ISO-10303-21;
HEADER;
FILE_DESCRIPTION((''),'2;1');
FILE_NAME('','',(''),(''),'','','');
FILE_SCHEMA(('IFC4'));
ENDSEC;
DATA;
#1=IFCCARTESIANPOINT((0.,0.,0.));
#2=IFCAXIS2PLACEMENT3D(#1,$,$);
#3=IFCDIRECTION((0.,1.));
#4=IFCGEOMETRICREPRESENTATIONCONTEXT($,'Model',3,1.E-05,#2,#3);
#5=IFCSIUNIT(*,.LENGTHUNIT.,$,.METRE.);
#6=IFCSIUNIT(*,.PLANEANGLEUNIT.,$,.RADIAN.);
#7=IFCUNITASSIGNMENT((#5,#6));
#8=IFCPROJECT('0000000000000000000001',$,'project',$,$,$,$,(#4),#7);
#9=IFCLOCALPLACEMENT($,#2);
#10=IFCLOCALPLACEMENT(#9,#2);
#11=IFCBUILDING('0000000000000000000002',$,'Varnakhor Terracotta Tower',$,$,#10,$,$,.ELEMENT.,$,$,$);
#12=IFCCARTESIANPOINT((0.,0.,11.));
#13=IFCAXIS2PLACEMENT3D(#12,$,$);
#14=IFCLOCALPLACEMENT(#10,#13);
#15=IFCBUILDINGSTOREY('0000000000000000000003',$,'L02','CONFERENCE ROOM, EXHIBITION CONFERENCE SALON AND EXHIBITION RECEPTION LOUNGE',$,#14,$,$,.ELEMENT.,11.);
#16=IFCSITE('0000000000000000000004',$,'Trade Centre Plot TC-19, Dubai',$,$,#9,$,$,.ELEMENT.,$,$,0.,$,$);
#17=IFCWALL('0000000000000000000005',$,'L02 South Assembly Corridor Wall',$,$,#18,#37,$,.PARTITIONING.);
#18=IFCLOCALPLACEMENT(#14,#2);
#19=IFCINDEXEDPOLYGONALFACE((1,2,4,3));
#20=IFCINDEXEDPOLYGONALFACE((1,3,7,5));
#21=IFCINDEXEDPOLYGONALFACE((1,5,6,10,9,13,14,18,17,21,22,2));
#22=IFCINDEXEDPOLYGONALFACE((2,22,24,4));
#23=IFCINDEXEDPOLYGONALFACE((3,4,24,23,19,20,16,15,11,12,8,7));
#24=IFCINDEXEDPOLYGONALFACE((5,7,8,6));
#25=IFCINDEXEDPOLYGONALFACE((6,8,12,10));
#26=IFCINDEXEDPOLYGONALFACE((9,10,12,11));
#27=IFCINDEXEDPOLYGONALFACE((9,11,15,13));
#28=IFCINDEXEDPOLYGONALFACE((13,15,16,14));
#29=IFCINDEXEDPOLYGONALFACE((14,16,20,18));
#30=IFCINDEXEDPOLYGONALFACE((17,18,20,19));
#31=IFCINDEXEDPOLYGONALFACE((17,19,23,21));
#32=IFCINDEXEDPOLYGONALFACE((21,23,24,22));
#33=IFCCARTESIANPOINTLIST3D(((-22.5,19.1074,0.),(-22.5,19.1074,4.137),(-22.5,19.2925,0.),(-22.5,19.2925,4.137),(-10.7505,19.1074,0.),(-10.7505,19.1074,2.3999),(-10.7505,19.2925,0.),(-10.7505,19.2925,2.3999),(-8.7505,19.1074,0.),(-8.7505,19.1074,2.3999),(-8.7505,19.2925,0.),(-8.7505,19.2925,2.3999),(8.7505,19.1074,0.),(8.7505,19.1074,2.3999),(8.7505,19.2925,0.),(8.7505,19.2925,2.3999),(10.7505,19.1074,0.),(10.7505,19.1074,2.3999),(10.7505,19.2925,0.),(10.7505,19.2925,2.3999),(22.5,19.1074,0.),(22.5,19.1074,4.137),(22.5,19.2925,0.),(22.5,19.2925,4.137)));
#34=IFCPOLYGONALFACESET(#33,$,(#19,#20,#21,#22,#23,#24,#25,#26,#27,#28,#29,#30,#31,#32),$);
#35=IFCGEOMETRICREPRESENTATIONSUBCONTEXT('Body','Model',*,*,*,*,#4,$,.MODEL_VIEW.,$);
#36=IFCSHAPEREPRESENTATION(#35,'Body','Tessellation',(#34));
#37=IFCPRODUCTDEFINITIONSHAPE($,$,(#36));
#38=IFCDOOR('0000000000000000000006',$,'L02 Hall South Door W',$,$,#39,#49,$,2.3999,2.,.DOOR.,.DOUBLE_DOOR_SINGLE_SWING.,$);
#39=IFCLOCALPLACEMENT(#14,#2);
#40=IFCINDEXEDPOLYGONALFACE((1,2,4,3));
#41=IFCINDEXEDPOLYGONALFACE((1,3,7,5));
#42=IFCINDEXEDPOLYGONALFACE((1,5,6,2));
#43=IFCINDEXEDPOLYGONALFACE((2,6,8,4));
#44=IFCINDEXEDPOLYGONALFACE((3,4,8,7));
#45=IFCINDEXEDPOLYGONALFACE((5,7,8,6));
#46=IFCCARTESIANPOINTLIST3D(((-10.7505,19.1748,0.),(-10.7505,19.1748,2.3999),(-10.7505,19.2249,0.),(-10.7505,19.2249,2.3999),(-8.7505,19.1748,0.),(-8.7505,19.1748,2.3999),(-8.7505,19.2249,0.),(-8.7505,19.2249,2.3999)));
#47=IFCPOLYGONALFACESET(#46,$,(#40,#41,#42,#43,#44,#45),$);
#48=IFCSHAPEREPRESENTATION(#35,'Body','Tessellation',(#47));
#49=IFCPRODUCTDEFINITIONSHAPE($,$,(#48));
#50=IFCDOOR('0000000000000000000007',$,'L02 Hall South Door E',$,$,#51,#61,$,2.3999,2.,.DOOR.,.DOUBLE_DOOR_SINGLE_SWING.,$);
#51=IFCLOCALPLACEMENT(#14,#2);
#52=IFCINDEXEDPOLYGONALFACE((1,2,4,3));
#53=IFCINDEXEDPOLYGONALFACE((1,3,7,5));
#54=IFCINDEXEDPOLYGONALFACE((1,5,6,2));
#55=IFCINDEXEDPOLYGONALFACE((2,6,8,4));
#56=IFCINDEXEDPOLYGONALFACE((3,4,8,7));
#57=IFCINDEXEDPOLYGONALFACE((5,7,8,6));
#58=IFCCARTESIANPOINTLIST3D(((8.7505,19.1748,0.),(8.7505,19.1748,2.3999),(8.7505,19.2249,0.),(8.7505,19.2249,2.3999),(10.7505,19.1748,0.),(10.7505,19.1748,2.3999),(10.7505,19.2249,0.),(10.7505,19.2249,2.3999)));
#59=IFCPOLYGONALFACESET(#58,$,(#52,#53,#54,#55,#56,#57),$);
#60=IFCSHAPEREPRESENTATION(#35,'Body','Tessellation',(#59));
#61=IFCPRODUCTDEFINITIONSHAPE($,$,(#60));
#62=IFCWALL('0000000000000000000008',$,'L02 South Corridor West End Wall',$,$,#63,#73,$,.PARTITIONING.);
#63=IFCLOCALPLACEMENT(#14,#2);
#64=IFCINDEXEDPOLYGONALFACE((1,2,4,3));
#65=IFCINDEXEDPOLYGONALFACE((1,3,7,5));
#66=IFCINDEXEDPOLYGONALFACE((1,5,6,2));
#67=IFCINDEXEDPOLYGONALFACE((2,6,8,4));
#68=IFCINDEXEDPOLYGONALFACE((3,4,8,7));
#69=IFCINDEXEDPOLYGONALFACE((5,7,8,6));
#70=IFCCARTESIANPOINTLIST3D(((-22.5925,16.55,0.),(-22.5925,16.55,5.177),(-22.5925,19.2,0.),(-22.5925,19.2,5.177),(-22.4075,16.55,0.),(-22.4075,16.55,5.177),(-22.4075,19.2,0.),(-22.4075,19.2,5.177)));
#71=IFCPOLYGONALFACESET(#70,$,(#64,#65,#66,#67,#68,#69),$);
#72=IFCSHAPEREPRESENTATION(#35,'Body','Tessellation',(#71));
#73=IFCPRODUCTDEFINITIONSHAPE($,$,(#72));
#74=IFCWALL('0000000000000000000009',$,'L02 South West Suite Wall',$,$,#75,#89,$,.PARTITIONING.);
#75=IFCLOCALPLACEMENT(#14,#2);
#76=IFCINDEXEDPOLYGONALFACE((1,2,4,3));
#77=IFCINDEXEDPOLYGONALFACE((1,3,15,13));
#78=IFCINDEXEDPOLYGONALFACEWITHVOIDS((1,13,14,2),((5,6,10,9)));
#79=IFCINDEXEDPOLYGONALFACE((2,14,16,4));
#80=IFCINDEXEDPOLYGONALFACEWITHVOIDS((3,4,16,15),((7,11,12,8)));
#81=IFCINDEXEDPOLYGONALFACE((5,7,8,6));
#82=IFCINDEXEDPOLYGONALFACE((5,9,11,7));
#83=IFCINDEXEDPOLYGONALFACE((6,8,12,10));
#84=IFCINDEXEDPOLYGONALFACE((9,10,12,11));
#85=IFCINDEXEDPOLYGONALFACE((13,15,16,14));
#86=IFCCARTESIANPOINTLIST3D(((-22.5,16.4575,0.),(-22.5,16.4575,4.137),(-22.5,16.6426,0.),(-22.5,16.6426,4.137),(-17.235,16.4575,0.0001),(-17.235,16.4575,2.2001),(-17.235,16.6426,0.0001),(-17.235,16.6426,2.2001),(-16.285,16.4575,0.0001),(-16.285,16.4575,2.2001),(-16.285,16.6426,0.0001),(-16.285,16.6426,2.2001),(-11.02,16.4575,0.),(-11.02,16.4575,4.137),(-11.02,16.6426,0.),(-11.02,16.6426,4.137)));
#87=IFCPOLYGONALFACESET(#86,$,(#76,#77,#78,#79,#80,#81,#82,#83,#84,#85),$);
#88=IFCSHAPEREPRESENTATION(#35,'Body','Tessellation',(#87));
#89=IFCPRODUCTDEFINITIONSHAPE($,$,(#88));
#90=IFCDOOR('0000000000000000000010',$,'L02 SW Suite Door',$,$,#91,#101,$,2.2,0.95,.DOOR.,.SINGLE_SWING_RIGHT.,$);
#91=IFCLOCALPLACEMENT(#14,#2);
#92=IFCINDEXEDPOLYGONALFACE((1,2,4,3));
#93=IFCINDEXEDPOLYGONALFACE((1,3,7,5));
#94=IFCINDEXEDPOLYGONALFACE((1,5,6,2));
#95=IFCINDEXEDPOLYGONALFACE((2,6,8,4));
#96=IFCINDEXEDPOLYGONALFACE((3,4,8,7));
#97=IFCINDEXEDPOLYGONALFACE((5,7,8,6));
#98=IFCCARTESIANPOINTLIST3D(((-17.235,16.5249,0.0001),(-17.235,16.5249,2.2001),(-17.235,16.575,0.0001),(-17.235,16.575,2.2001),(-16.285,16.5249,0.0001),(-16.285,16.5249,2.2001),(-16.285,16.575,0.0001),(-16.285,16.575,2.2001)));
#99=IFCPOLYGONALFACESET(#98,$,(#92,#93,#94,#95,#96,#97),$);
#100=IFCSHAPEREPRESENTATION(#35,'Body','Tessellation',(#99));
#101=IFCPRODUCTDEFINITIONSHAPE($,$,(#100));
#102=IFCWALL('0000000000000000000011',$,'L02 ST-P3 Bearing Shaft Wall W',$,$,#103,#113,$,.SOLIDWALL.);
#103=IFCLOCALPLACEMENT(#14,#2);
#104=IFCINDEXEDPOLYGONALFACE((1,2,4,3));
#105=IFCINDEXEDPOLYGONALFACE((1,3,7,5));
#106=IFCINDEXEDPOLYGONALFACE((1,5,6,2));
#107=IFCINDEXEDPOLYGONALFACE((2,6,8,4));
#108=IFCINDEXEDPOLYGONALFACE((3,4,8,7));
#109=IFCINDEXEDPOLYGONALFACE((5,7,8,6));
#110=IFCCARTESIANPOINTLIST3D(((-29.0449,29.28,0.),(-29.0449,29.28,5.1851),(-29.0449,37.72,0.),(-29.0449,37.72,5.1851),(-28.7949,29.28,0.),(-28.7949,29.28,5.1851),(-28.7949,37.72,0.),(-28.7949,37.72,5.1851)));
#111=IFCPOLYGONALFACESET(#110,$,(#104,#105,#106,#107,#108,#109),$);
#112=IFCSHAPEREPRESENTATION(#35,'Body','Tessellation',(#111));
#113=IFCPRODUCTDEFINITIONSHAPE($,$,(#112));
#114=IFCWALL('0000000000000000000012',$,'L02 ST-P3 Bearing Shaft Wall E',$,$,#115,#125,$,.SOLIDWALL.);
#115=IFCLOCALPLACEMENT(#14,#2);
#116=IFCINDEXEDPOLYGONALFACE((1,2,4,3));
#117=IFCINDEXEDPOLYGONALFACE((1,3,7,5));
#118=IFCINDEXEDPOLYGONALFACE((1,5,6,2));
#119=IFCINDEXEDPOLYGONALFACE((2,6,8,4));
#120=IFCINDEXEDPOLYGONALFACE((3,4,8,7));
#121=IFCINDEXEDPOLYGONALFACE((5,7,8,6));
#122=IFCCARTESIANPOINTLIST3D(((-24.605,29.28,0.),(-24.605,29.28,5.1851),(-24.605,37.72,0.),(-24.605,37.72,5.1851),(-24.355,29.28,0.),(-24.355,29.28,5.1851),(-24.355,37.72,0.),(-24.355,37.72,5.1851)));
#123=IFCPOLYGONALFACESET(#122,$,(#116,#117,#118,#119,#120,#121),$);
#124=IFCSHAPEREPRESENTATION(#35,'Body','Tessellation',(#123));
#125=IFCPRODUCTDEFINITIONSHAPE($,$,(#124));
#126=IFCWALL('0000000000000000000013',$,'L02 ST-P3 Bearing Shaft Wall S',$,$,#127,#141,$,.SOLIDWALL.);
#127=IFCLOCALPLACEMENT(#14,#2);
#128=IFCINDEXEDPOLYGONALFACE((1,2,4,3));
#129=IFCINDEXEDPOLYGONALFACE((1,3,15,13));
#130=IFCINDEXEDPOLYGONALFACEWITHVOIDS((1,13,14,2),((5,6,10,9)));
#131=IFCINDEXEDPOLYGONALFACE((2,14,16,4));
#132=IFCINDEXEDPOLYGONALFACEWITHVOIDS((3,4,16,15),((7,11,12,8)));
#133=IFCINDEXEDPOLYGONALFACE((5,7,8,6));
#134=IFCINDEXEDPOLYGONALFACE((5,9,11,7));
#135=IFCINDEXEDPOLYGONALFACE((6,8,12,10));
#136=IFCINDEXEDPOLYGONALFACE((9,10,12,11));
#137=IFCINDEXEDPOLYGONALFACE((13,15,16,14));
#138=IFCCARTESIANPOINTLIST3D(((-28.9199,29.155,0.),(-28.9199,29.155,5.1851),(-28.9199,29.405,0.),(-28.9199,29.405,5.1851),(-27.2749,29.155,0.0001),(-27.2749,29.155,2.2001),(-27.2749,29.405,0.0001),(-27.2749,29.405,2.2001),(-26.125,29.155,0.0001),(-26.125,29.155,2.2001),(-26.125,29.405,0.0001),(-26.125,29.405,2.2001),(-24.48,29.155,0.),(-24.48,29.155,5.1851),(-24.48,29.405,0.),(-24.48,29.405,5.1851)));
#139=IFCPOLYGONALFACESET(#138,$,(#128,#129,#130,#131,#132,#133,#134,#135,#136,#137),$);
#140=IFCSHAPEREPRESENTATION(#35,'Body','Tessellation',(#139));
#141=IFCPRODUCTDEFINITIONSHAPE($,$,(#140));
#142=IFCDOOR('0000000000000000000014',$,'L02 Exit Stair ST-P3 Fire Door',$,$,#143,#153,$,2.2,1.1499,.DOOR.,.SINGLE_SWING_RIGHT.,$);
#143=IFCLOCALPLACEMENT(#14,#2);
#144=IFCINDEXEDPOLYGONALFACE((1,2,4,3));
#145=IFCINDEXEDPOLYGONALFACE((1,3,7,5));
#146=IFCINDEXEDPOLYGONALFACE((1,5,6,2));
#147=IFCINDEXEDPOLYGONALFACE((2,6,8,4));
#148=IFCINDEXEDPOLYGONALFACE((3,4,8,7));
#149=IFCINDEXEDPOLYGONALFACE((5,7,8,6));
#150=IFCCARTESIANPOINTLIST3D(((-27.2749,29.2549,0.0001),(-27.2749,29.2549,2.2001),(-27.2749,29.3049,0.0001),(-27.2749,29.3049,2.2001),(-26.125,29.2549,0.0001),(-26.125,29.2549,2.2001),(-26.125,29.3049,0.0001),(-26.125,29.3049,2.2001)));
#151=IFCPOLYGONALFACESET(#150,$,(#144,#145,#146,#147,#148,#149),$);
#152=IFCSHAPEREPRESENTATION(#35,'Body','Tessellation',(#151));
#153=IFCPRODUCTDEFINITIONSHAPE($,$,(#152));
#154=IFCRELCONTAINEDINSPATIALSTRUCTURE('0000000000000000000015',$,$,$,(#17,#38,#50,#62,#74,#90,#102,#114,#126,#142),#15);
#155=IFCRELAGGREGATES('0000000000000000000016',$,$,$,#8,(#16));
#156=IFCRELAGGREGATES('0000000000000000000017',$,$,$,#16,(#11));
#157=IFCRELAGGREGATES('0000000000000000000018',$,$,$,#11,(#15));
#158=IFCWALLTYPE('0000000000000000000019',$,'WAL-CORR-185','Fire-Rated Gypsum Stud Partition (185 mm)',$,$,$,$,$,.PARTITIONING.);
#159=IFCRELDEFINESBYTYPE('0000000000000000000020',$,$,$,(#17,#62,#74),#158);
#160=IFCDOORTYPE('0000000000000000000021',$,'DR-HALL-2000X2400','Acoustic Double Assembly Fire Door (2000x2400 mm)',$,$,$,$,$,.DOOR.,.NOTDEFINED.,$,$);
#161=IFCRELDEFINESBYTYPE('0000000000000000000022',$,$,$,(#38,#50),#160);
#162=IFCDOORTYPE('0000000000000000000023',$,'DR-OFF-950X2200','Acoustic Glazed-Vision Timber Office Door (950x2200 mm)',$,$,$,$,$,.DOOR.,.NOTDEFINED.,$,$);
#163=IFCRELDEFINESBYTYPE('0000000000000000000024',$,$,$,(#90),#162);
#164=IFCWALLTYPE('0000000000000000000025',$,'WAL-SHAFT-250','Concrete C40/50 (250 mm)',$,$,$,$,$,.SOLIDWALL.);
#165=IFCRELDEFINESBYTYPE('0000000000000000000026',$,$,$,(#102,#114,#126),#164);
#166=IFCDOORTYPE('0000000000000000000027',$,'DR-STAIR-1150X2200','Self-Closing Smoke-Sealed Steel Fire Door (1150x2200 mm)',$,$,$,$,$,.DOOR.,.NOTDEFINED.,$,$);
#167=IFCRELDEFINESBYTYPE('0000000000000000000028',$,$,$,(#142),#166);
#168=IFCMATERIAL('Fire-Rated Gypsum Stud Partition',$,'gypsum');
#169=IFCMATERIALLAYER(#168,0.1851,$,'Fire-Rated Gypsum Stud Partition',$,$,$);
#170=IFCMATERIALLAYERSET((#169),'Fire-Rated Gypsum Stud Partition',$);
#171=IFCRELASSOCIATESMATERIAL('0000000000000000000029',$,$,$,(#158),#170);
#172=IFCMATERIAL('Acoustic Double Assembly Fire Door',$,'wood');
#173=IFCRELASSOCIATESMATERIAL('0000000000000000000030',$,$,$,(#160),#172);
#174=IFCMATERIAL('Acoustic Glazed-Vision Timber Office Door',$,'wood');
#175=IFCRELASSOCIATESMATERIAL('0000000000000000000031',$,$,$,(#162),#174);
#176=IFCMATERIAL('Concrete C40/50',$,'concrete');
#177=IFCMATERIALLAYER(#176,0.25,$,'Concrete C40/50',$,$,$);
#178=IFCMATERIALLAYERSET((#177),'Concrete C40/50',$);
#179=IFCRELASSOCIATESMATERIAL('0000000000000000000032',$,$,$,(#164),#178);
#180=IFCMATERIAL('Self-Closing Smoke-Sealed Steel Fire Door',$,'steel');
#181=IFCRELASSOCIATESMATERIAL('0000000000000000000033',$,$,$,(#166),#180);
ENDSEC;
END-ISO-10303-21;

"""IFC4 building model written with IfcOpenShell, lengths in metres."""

from ifc_helpers import new_model, si_unit, direction, frame, frame_2d, origin, place, context, subcontext, project, spatial, rectangle, extrude, source, transform, mapped, material, layer, layer_set, type_object, type_shapes, element, fill, save


model = new_model("IFC4")

# Units and contexts
model_context = context("Model", 3, precision=1e-05, world=origin(), true_north=direction((0.0, 1.0)))
body_context = subcontext(model_context, "Body", "Model", "MODEL_VIEW")
ifc_project = project(units=[si_unit("LENGTHUNIT", "METRE"), si_unit("PLANEANGLEUNIT", "RADIAN")], contexts=[model_context])

# Site, building, storey
site_placement = place(None, origin())
site = spatial("IfcSite", under=ifc_project, at=site_placement, Name="Trade Centre Plot TC-19, Dubai", CompositionType="ELEMENT", RefElevation=0.0)
building_placement = place(site_placement, origin())
building = spatial("IfcBuilding", under=site, at=building_placement, Name="Varnakhor Terracotta Tower", CompositionType="ELEMENT")
storey_placement = place(building_placement, frame((0.0, 0.0, 11.0)))
storey = spatial("IfcBuildingStorey", under=building, at=storey_placement, Name="L02", Description="CONFERENCE ROOM, EXHIBITION CONFERENCE SALON AND EXHIBITION RECEPTION LOUNGE", CompositionType="ELEMENT", Elevation=11.0)

# Wall, openings, doors
ifc_material_1 = material(Name="Fire-Rated Gypsum Stud Partition", Category="gypsum")
ifc_layer_1 = layer(ifc_material_1, 0.1851, Name="Fire-Rated Gypsum Stud Partition")
ifc_layer_set_1 = layer_set([ifc_layer_1], Name="Fire-Rated Gypsum Stud Partition")
wall_type_1 = type_object("IfcWallType", Name="WAL-CORR-185", Description="Fire-Rated Gypsum Stud Partition (185 mm)", PredefinedType="PARTITIONING", material=ifc_layer_set_1)
wall_1_placement = place(storey_placement, frame((-22.5, 19.2, 0.0), z_axis=(0.0, 0.0, 1.0), x_axis=(1.0, 0.0, 0.0)))
wall_1 = element("IfcWall", 1, at=wall_1_placement, inside=storey, type_object=wall_type_1, Name="L02 South Assembly Corridor Wall", PredefinedType="PARTITIONING", context=body_context, shape_type="SweptSolid", body=[
    extrude(rectangle(XDim=45.0, YDim=0.1851, at=frame_2d((22.5, 0.0))), origin(), (0.0, 0.0, 1.0), 4.137),
])
opening_1_placement = place(wall_1_placement, frame((11.7495, 0.0, 0.0)))
opening_1 = element("IfcOpeningElement", 2, at=opening_1_placement, cuts=wall_1, PredefinedType="OPENING", context=body_context, shape_type="SweptSolid", body=[
    extrude(rectangle(XDim=2.0, YDim=2.3999, at=frame_2d((1.0, 1.2))), frame((0.0, 0.1025, 0.0), z_axis=(0.0, -1.0, 0.0), x_axis=(1.0, 0.0, 0.0)), (0.0, 0.0, 1.0), 0.2051),
])
opening_2_placement = place(wall_1_placement, frame((31.2505, 0.0, 0.0)))
opening_2 = element("IfcOpeningElement", 3, at=opening_2_placement, cuts=wall_1, PredefinedType="OPENING", context=body_context, shape_type="SweptSolid", body=[
    extrude(rectangle(XDim=2.0, YDim=2.3999, at=frame_2d((1.0, 1.2))), frame((0.0, 0.1025, 0.0), z_axis=(0.0, -1.0, 0.0), x_axis=(1.0, 0.0, 0.0)), (0.0, 0.0, 1.0), 0.2051),
])
ifc_material_2 = material(Name="Acoustic Double Assembly Fire Door", Category="wood")
door_type_1 = type_object("IfcDoorType", Name="DR-HALL-2000X2400", Description="Acoustic Double Assembly Fire Door (2000x2400 mm)", OperationType="NOTDEFINED", PredefinedType="DOOR", material=ifc_material_2)
shared_shape_1 = source(origin(), body_context, "Body", "SweptSolid", [
    extrude(rectangle(XDim=2.0, YDim=2.3999, at=frame_2d((1.0, 1.2))), frame((0.0, 0.0249, 0.0), z_axis=(0.0, -1.0, 0.0), x_axis=(1.0, 0.0, 0.0)), (0.0, 0.0, 1.0), 0.05),
])
type_shapes(door_type_1, [shared_shape_1])
door_1_placement = place(opening_1_placement, origin())
door_1 = element("IfcDoor", 4, at=door_1_placement, inside=storey, type_object=door_type_1, Name="L02 Hall South Door W", OperationType="DOUBLE_DOOR_SINGLE_SWING", OverallHeight=2.3999, OverallWidth=2.0, PredefinedType="DOOR", context=body_context, shape_type="MappedRepresentation", body=[
    mapped(shared_shape_1, transform((0.0, 0.0, 0.0), scale=1.0)),
])
fill(opening_1, door_1)
door_2_placement = place(opening_2_placement, origin())
door_2 = element("IfcDoor", 5, at=door_2_placement, inside=storey, type_object=door_type_1, Name="L02 Hall South Door E", OperationType="DOUBLE_DOOR_SINGLE_SWING", OverallHeight=2.3999, OverallWidth=2.0, PredefinedType="DOOR", context=body_context, shape_type="MappedRepresentation", body=[
    mapped(shared_shape_1, transform((0.0, 0.0, 0.0), scale=1.0)),
])
fill(opening_2, door_2)

# Wall
wall_2_placement = place(storey_placement, frame((-22.5, 16.55, 0.0), z_axis=(0.0, 0.0, 1.0), x_axis=(0.0, 1.0, 0.0)))
element("IfcWall", 6, at=wall_2_placement, inside=storey, type_object=wall_type_1, Name="L02 South Corridor West End Wall", PredefinedType="PARTITIONING", context=body_context, shape_type="SweptSolid", body=[
    extrude(rectangle(XDim=2.6499, YDim=0.1851, at=frame_2d((1.325, 0.0))), origin(), (0.0, 0.0, 1.0), 5.177),
])

# Wall, opening, door
wall_3_placement = place(storey_placement, frame((-22.5, 16.55, 0.0), z_axis=(0.0, 0.0, 1.0), x_axis=(1.0, 0.0, 0.0)))
wall_3 = element("IfcWall", 7, at=wall_3_placement, inside=storey, type_object=wall_type_1, Name="L02 South West Suite Wall", PredefinedType="PARTITIONING", context=body_context, shape_type="SweptSolid", body=[
    extrude(rectangle(XDim=11.48, YDim=0.1851, at=frame_2d((5.74, 0.0))), origin(), (0.0, 0.0, 1.0), 4.137),
])
opening_3_placement = place(wall_3_placement, frame((5.2649, 0.0, 0.0)))
opening_3 = element("IfcOpeningElement", 8, at=opening_3_placement, cuts=wall_3, PredefinedType="OPENING", context=body_context, shape_type="SweptSolid", body=[
    extrude(rectangle(XDim=0.95, YDim=2.2, at=frame_2d((0.4751, 1.1001))), frame((0.0, 0.1025, 0.0), z_axis=(0.0, -1.0, 0.0), x_axis=(1.0, 0.0, 0.0)), (0.0, 0.0, 1.0), 0.2051),
])
ifc_material_3 = material(Name="Acoustic Glazed-Vision Timber Office Door", Category="wood")
door_type_2 = type_object("IfcDoorType", Name="DR-OFF-950X2200", Description="Acoustic Glazed-Vision Timber Office Door (950x2200 mm)", OperationType="NOTDEFINED", PredefinedType="DOOR", material=ifc_material_3)
shared_shape_2 = source(origin(), body_context, "Body", "SweptSolid", [
    extrude(rectangle(XDim=0.95, YDim=2.2, at=frame_2d((0.4751, 1.1001))), frame((0.0, 0.0249, 0.0), z_axis=(0.0, -1.0, 0.0), x_axis=(1.0, 0.0, 0.0)), (0.0, 0.0, 1.0), 0.05),
])
type_shapes(door_type_2, [shared_shape_2])
door_3_placement = place(opening_3_placement, origin())
door_3 = element("IfcDoor", 9, at=door_3_placement, inside=storey, type_object=door_type_2, Name="L02 SW Suite Door", OperationType="SINGLE_SWING_RIGHT", OverallHeight=2.2, OverallWidth=0.95, PredefinedType="DOOR", context=body_context, shape_type="MappedRepresentation", body=[
    mapped(shared_shape_2, transform((0.0, 0.0, 0.0), scale=1.0)),
])
fill(opening_3, door_3)

# Walls
ifc_material_4 = material(Name="Concrete C40/50", Category="concrete")
ifc_layer_2 = layer(ifc_material_4, 0.25, Name="Concrete C40/50")
ifc_layer_set_2 = layer_set([ifc_layer_2], Name="Concrete C40/50")
wall_type_2 = type_object("IfcWallType", Name="WAL-SHAFT-250", Description="Concrete C40/50 (250 mm)", PredefinedType="SOLIDWALL", material=ifc_layer_set_2)
for number, where, z_axis, x_axis, name in (
    (10, (-28.9199, 29.28, 0.0), (0.0, 0.0, 1.0), (0.0, 1.0, 0.0), "L02 ST-P3 Bearing Shaft Wall W"),
    (11, (-24.48, 29.28, 0.0), (0.0, 0.0, 1.0), (0.0, 1.0, 0.0), "L02 ST-P3 Bearing Shaft Wall E"),
):
    element("IfcWall", number, at=place(storey_placement, frame(where, z_axis=z_axis, x_axis=x_axis)), inside=storey, type_object=wall_type_2, Name=name, PredefinedType="SOLIDWALL", context=body_context, shape_type="SweptSolid", body=[
        extrude(rectangle(XDim=8.4399, YDim=0.25, at=frame_2d((4.22, 0.0))), origin(), (0.0, 0.0, 1.0), 5.1851),
    ])

# Wall, opening, door
wall_4_placement = place(storey_placement, frame((-28.9199, 29.28, 0.0), z_axis=(0.0, 0.0, 1.0), x_axis=(1.0, 0.0, 0.0)))
wall_4 = element("IfcWall", 12, at=wall_4_placement, inside=storey, type_object=wall_type_2, Name="L02 ST-P3 Bearing Shaft Wall S", PredefinedType="SOLIDWALL", context=body_context, shape_type="SweptSolid", body=[
    extrude(rectangle(XDim=4.4399, YDim=0.25, at=frame_2d((2.22, 0.0))), origin(), (0.0, 0.0, 1.0), 5.1851),
])
opening_4_placement = place(wall_4_placement, frame((1.645, 0.0, 0.0)))
opening_4 = element("IfcOpeningElement", 13, at=opening_4_placement, cuts=wall_4, PredefinedType="OPENING", context=body_context, shape_type="SweptSolid", body=[
    extrude(rectangle(XDim=1.1499, YDim=2.2, at=frame_2d((0.575, 1.1001))), frame((0.0, 0.135, 0.0), z_axis=(0.0, -1.0, 0.0), x_axis=(1.0, 0.0, 0.0)), (0.0, 0.0, 1.0), 0.27),
])
ifc_material_5 = material(Name="Self-Closing Smoke-Sealed Steel Fire Door", Category="steel")
door_type_3 = type_object("IfcDoorType", Name="DR-STAIR-1150X2200", Description="Self-Closing Smoke-Sealed Steel Fire Door (1150x2200 mm)", OperationType="NOTDEFINED", PredefinedType="DOOR", material=ifc_material_5)
shared_shape_3 = source(origin(), body_context, "Body", "SweptSolid", [
    extrude(rectangle(XDim=1.1499, YDim=2.2, at=frame_2d((0.575, 1.1001))), frame((0.0, 0.0249, 0.0), z_axis=(0.0, -1.0, 0.0), x_axis=(1.0, 0.0, 0.0)), (0.0, 0.0, 1.0), 0.05),
])
type_shapes(door_type_3, [shared_shape_3])
door_4_placement = place(opening_4_placement, origin())
door_4 = element("IfcDoor", 14, at=door_4_placement, inside=storey, type_object=door_type_3, Name="L02 Exit Stair ST-P3 Fire Door", OperationType="SINGLE_SWING_RIGHT", OverallHeight=2.2, OverallWidth=1.1499, PredefinedType="DOOR", context=body_context, shape_type="MappedRepresentation", body=[
    mapped(shared_shape_3, transform((0.0, 0.0, 0.0), scale=1.0)),
])
fill(opening_4, door_4)

save(model, "model.ifc")
